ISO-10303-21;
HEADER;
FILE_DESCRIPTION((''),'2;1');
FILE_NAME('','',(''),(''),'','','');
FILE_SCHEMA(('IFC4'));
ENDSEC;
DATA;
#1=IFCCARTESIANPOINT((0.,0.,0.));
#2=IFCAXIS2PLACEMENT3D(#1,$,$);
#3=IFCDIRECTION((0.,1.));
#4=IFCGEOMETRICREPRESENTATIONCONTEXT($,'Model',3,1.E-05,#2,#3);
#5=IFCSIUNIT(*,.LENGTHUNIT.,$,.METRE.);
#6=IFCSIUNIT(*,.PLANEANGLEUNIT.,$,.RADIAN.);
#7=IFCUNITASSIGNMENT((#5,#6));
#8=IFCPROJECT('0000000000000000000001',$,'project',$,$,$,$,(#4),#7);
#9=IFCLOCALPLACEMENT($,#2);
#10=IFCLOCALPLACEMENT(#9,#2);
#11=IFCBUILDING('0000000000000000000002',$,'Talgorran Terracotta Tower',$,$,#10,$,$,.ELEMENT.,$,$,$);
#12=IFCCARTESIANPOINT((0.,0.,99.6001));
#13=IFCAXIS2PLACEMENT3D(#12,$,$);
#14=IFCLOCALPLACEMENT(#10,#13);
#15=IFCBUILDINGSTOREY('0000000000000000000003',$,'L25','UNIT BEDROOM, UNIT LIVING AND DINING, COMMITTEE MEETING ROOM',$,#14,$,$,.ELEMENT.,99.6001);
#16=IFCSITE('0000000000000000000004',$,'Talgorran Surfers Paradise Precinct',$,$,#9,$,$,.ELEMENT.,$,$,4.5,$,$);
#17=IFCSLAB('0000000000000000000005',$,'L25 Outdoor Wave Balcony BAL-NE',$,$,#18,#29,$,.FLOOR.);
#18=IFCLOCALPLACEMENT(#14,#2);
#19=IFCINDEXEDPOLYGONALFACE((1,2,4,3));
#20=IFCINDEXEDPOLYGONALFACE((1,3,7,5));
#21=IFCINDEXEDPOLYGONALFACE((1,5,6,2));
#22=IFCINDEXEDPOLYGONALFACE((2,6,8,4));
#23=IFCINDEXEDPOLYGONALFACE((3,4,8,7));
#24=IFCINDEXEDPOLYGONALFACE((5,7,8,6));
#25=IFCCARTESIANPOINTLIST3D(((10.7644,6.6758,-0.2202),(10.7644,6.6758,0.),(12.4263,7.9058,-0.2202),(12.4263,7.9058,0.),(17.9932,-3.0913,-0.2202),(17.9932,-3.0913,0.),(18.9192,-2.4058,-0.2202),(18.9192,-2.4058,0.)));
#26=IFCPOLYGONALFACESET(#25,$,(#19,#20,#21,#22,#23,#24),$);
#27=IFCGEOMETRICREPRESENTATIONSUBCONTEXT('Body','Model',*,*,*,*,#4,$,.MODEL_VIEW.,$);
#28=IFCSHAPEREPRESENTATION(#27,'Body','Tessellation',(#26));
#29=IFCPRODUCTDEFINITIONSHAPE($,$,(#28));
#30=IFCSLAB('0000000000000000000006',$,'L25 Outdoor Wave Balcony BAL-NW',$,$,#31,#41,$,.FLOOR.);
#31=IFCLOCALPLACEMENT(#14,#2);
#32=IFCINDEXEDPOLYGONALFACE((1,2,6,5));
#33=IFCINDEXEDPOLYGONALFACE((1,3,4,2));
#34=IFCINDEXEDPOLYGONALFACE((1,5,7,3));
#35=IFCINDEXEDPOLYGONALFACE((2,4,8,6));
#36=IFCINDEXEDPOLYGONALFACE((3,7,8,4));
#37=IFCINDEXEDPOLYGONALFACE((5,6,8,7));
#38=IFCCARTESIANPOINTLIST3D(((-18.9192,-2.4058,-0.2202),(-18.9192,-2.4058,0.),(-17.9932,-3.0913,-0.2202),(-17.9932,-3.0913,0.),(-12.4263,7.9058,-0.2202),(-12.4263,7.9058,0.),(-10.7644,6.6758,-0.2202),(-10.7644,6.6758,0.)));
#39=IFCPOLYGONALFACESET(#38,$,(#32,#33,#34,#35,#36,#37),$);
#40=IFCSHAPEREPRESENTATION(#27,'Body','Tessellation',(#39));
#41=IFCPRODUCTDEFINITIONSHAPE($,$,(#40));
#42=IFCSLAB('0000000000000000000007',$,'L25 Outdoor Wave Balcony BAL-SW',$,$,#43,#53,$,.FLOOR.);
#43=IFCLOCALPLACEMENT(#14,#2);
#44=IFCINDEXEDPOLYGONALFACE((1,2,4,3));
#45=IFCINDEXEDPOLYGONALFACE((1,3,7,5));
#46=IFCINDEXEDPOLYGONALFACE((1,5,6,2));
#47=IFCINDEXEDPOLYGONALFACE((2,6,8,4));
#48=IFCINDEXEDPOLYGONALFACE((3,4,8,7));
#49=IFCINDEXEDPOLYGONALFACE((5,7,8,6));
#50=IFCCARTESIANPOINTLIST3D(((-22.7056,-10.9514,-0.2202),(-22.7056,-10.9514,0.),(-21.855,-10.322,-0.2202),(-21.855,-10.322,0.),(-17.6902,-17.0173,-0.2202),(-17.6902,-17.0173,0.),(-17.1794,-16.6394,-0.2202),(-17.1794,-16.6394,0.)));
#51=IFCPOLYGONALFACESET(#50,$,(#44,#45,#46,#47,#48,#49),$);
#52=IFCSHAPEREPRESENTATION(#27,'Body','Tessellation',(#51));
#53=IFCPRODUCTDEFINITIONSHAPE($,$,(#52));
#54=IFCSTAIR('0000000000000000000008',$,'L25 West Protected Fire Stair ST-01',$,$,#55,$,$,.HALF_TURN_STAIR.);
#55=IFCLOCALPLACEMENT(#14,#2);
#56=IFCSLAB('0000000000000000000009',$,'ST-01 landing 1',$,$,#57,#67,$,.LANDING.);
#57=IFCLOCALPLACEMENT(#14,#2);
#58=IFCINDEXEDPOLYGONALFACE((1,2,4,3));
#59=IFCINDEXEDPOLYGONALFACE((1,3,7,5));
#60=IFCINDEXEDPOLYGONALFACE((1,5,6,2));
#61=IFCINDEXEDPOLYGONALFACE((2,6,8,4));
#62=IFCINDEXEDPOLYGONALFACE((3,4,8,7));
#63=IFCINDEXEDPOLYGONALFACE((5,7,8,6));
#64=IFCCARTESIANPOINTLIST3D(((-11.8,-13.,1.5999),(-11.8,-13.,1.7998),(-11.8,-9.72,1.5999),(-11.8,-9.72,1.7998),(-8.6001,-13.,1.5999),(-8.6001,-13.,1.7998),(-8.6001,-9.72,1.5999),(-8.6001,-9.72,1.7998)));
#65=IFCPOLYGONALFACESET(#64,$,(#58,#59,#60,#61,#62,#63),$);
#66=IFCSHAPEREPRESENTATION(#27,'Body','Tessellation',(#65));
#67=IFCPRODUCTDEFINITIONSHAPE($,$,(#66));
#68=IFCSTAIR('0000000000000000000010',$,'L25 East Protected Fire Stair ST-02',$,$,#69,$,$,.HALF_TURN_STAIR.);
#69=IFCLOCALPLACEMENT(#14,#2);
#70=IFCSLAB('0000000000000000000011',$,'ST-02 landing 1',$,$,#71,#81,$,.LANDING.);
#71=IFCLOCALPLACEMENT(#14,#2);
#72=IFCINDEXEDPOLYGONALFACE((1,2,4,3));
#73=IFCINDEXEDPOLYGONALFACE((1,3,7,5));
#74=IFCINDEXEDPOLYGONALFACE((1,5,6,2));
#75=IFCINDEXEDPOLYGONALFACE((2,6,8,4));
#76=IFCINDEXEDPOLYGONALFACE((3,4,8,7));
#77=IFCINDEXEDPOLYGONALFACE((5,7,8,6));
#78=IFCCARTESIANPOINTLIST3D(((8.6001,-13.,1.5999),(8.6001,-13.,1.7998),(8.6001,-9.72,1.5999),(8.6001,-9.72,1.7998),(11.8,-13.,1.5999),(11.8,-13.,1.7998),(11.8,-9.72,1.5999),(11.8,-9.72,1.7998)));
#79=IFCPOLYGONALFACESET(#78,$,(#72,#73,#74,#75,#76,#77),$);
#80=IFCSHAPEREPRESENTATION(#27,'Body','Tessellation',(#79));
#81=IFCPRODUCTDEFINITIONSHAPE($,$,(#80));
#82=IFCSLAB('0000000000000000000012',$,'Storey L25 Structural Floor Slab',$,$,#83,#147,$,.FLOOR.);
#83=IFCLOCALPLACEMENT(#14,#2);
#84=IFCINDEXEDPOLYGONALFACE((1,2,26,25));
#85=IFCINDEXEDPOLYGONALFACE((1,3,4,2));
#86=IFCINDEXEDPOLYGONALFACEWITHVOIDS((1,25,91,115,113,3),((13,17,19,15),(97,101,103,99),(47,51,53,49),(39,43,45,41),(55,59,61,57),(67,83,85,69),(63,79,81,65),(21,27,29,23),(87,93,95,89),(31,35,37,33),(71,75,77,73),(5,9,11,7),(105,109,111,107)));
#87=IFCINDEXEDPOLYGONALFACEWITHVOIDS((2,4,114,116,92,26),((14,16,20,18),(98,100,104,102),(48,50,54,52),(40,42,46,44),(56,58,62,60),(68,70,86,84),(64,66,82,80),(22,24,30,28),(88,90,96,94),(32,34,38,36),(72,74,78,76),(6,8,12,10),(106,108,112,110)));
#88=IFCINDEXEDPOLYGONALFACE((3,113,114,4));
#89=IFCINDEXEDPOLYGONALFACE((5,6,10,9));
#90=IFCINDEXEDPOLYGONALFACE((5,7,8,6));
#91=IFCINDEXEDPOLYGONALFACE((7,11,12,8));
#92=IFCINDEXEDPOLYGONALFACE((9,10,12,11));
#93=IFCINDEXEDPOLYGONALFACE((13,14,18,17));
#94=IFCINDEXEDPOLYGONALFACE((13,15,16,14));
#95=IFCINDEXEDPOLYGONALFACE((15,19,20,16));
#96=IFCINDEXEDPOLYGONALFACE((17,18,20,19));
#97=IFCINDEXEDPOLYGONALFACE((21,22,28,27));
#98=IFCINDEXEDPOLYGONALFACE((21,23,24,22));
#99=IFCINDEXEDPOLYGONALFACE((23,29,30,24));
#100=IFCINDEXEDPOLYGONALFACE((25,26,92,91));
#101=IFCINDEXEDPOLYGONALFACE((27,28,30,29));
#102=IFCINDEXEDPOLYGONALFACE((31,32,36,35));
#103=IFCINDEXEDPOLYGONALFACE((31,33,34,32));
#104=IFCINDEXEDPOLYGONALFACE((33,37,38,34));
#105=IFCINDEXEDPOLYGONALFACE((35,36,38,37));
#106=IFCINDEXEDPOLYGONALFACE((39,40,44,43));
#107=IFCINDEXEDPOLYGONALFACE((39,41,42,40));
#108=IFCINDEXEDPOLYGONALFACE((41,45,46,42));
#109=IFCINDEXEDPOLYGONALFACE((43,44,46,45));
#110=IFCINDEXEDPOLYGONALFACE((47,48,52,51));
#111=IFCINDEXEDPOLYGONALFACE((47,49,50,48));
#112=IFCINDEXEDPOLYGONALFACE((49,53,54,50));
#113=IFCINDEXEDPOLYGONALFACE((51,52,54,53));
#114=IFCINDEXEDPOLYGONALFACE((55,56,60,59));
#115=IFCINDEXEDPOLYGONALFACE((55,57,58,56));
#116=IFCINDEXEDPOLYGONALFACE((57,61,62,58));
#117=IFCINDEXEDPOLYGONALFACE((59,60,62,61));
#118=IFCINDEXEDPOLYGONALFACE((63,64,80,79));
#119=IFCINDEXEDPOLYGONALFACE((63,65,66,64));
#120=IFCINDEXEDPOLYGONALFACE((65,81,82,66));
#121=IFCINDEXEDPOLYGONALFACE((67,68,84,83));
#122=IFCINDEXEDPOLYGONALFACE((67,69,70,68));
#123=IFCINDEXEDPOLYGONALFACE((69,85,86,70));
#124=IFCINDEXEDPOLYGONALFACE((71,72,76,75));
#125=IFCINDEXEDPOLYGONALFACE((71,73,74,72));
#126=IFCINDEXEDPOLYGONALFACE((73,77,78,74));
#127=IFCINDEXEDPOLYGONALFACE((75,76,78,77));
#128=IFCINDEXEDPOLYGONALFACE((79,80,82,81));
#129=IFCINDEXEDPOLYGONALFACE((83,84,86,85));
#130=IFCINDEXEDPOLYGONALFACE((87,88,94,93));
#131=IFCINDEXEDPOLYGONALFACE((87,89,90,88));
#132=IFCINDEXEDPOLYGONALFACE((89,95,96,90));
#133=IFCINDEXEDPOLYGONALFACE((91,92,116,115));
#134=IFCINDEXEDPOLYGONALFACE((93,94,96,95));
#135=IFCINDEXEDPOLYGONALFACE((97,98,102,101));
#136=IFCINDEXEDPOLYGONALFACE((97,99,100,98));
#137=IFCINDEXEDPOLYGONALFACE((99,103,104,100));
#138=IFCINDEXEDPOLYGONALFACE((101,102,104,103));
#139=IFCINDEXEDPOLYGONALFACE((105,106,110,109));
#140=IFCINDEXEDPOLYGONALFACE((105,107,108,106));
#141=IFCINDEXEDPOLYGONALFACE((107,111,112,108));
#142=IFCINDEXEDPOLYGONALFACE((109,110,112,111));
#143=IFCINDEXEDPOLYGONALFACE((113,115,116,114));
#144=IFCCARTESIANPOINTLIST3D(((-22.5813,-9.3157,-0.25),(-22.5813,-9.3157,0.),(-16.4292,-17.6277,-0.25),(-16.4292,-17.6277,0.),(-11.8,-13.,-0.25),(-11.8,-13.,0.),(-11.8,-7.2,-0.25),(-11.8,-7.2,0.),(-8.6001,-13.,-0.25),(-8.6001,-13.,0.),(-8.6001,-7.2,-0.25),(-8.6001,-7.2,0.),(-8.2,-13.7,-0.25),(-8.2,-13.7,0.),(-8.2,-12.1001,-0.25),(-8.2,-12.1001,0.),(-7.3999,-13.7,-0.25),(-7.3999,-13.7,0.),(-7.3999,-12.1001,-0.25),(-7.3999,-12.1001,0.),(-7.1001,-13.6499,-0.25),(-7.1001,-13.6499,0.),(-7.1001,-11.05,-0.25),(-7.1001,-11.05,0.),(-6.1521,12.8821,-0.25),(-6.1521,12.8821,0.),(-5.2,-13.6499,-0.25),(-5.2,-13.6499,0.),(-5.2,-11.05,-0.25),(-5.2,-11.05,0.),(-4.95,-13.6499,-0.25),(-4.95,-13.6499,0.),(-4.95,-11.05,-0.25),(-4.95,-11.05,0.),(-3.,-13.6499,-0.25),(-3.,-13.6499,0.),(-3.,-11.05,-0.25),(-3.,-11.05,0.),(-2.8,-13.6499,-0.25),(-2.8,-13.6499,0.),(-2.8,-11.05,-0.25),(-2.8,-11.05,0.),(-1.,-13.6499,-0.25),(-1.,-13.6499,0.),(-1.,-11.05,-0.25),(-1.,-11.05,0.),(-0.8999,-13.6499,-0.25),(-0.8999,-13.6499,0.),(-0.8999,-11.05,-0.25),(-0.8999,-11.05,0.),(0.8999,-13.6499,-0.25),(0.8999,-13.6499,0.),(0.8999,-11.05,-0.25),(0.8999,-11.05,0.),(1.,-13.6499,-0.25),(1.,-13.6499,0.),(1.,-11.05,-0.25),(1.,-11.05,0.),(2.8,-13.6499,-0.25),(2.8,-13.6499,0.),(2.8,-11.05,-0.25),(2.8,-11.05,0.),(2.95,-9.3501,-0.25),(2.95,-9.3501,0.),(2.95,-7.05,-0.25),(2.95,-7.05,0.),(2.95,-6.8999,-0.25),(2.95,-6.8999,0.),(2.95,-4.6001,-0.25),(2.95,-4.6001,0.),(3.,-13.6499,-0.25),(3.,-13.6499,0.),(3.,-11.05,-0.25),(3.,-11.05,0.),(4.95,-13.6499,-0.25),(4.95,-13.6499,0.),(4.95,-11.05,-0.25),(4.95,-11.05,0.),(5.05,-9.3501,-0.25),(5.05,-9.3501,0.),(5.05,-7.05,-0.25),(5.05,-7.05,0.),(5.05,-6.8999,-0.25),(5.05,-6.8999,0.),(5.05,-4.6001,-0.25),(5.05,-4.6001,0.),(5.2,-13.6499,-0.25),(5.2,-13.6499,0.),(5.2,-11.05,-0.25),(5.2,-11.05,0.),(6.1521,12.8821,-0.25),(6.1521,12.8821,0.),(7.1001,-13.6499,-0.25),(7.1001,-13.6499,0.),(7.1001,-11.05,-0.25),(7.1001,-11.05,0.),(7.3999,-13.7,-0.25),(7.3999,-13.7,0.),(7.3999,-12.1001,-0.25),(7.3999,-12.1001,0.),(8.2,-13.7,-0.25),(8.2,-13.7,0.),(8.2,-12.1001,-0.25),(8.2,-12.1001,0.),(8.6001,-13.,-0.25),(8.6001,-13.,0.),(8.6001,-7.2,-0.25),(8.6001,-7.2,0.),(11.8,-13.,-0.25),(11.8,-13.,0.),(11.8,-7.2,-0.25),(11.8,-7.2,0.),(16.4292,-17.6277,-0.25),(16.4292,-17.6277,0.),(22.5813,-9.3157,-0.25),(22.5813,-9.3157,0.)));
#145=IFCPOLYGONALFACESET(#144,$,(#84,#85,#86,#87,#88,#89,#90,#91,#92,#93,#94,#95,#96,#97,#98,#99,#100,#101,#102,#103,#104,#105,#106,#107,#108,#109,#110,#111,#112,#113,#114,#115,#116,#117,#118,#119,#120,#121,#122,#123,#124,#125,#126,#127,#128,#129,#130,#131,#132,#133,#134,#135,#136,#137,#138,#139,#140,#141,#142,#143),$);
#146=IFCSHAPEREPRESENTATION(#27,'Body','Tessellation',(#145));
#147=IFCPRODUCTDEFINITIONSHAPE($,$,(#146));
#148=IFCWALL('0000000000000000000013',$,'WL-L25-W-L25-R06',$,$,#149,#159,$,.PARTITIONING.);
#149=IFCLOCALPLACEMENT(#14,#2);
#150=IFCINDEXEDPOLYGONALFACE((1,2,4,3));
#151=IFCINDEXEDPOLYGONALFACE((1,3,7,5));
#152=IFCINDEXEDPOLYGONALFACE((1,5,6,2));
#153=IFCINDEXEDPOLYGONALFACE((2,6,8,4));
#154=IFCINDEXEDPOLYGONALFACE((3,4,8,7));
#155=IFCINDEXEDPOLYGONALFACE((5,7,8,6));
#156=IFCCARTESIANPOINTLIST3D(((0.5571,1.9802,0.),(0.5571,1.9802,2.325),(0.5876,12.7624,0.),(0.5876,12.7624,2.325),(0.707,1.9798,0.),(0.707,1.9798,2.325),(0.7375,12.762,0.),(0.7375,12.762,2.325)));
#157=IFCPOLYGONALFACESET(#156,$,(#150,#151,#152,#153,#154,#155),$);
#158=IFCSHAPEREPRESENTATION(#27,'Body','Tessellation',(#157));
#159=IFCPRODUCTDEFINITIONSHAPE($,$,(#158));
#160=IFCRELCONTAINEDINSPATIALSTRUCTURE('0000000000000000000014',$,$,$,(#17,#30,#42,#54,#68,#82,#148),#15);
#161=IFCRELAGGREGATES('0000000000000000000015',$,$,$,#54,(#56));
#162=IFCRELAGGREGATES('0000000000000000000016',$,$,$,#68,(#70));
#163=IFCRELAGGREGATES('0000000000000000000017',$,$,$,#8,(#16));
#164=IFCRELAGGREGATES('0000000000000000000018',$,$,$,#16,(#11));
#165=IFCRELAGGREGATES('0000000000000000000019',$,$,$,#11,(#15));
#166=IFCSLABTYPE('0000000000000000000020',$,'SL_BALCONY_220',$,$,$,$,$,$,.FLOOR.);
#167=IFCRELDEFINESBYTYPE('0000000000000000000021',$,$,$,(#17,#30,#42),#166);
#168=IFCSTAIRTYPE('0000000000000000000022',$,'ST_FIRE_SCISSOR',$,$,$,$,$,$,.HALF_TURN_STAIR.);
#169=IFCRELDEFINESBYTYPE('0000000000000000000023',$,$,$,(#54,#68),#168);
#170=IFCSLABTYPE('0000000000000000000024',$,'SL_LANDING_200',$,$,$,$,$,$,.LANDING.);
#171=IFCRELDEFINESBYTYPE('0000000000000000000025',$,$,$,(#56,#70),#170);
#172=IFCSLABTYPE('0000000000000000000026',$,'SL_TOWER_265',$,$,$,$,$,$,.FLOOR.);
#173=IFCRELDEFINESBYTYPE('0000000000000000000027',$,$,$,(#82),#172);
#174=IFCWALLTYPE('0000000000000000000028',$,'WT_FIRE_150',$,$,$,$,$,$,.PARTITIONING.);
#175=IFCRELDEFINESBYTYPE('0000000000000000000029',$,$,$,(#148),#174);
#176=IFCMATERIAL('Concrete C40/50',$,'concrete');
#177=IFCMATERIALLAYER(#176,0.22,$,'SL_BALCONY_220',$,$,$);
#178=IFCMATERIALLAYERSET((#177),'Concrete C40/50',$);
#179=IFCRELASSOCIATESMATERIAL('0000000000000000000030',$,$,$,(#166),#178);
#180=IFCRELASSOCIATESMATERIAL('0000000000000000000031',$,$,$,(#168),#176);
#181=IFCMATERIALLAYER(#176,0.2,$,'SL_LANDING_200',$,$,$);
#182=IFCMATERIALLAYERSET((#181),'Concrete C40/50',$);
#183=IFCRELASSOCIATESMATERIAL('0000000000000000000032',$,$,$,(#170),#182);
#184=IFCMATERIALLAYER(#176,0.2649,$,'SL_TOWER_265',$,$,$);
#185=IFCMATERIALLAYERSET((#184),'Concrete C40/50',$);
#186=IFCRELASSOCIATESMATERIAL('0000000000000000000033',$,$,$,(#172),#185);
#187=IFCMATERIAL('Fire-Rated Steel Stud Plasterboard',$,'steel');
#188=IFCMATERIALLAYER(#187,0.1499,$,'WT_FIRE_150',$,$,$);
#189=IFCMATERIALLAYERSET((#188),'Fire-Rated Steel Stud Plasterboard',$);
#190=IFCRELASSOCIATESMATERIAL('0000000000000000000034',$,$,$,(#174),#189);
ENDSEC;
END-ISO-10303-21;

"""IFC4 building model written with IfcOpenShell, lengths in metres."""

from ifc_helpers import new_model, si_unit, direction, frame, frame_2d, origin, place, context, subcontext, project, spatial, polyline, rectangle, outline, extrude, material, layer, layer_set, type_object, element, aggregate, save


model = new_model("IFC4")

# Units and contexts
model_context = context("Model", 3, precision=1e-05, world=origin(), true_north=direction((0.0, 1.0)))
body_context = subcontext(model_context, "Body", "Model", "MODEL_VIEW")
ifc_project = project(units=[si_unit("LENGTHUNIT", "METRE"), si_unit("PLANEANGLEUNIT", "RADIAN")], contexts=[model_context])

# Site, building, storey
site_placement = place(None, origin())
site = spatial("IfcSite", under=ifc_project, at=site_placement, Name="Talgorran Surfers Paradise Precinct", CompositionType="ELEMENT", RefElevation=4.5)
building_placement = place(site_placement, origin())
building = spatial("IfcBuilding", under=site, at=building_placement, Name="Talgorran Terracotta Tower", CompositionType="ELEMENT")
storey_placement = place(building_placement, frame((0.0, 0.0, 99.6001)))
storey = spatial("IfcBuildingStorey", under=building, at=storey_placement, Name="L25", Description="UNIT BEDROOM, UNIT LIVING AND DINING, COMMITTEE MEETING ROOM", CompositionType="ELEMENT", Elevation=99.6001)

# Slabs
ifc_material_1 = material(Name="Concrete C40/50", Category="concrete")
ifc_layer_1 = layer(ifc_material_1, 0.22, Name="SL_BALCONY_220")
ifc_layer_set_1 = layer_set([ifc_layer_1], Name="Concrete C40/50")
slab_type_1 = type_object("IfcSlabType", Name="SL_BALCONY_220", PredefinedType="FLOOR", material=ifc_layer_set_1)
slab_1_placement = place(storey_placement, frame((0.0, 0.0, -0.2202)))
element("IfcSlab", 1, at=slab_1_placement, inside=storey, type_object=slab_type_1, Name="L25 Outdoor Wave Balcony BAL-NE", PredefinedType="FLOOR", context=body_context, shape_type="SweptSolid", body=[
    extrude(outline(polyline([(10.7644, 6.6758), (17.9932, -3.0913), (18.9192, -2.4058), (12.4263, 7.9058), (10.7644, 6.6758)])), origin(), (0.0, 0.0, 1.0), 0.2202),
])
slab_2_placement = place(storey_placement, frame((0.0, 0.0, -0.2202)))
element("IfcSlab", 2, at=slab_2_placement, inside=storey, type_object=slab_type_1, Name="L25 Outdoor Wave Balcony BAL-NW", PredefinedType="FLOOR", context=body_context, shape_type="SweptSolid", body=[
    extrude(outline(polyline([(-17.9932, -3.0913), (-10.7644, 6.6758), (-12.4263, 7.9058), (-18.9192, -2.4058), (-17.9932, -3.0913)])), origin(), (0.0, 0.0, 1.0), 0.2202),
])
slab_3_placement = place(storey_placement, frame((0.0, 0.0, -0.2202)))
element("IfcSlab", 3, at=slab_3_placement, inside=storey, type_object=slab_type_1, Name="L25 Outdoor Wave Balcony BAL-SW", PredefinedType="FLOOR", context=body_context, shape_type="SweptSolid", body=[
    extrude(outline(polyline([(-17.1794, -16.6394), (-21.855, -10.322), (-22.7056, -10.9514), (-17.6902, -17.0173), (-17.1794, -16.6394)])), origin(), (0.0, 0.0, 1.0), 0.2202),
])

# Stairs, slabs
stair_type = type_object("IfcStairType", Name="ST_FIRE_SCISSOR", PredefinedType="HALF_TURN_STAIR", material=ifc_material_1)
stair_1_placement = place(storey_placement, origin())
stair_1 = element("IfcStair", 4, at=stair_1_placement, inside=storey, type_object=stair_type, Name="L25 West Protected Fire Stair ST-01", PredefinedType="HALF_TURN_STAIR")
ifc_layer_2 = layer(ifc_material_1, 0.2, Name="SL_LANDING_200")
ifc_layer_set_2 = layer_set([ifc_layer_2], Name="Concrete C40/50")
slab_type_2 = type_object("IfcSlabType", Name="SL_LANDING_200", PredefinedType="LANDING", material=ifc_layer_set_2)
slab_4_placement = place(storey_placement, frame((0.0, 0.0, 1.5999)))
slab_4 = element("IfcSlab", 5, at=slab_4_placement, type_object=slab_type_2, Name="ST-01 landing 1", PredefinedType="LANDING", context=body_context, shape_type="SweptSolid", body=[
    extrude(outline(polyline([(-11.8, -9.72), (-11.8, -13.0), (-8.6001, -13.0), (-8.6001, -9.72), (-11.8, -9.72)])), origin(), (0.0, 0.0, 1.0), 0.2),
])
aggregate(stair_1, [slab_4])
stair_2_placement = place(storey_placement, origin())
stair_2 = element("IfcStair", 6, at=stair_2_placement, inside=storey, type_object=stair_type, Name="L25 East Protected Fire Stair ST-02", PredefinedType="HALF_TURN_STAIR")
slab_5_placement = place(storey_placement, frame((0.0, 0.0, 1.5999)))
slab_5 = element("IfcSlab", 7, at=slab_5_placement, type_object=slab_type_2, Name="ST-02 landing 1", PredefinedType="LANDING", context=body_context, shape_type="SweptSolid", body=[
    extrude(outline(polyline([(8.6001, -9.72), (8.6001, -13.0), (11.8, -13.0), (11.8, -9.72), (8.6001, -9.72)])), origin(), (0.0, 0.0, 1.0), 0.2),
])
aggregate(stair_2, [slab_5])

# Slab
ifc_layer_3 = layer(ifc_material_1, 0.2649, Name="SL_TOWER_265")
ifc_layer_set_3 = layer_set([ifc_layer_3], Name="Concrete C40/50")
slab_type_3 = type_object("IfcSlabType", Name="SL_TOWER_265", PredefinedType="FLOOR", material=ifc_layer_set_3)
slab_6_placement = place(storey_placement, frame((0.0, 0.0, -0.25)))
element("IfcSlab", 8, at=slab_6_placement, inside=storey, type_object=slab_type_3, Name="Storey L25 Structural Floor Slab", PredefinedType="FLOOR", context=body_context, shape_type="SweptSolid", body=[
    extrude(outline(polyline([(-22.5813, -9.3157), (-16.4292, -17.6277), (16.4292, -17.6277), (22.5813, -9.3157), (6.1521, 12.8821), (-6.1521, 12.8821), (-22.5813, -9.3157)]), holes=[polyline([(-11.8, -7.2), (-11.8, -13.0), (-8.6001, -13.0), (-8.6001, -7.2), (-11.8, -7.2)]), polyline([(8.6001, -7.2), (8.6001, -13.0), (11.8, -13.0), (11.8, -7.2), (8.6001, -7.2)]), polyline([(-7.1001, -13.6499), (-5.2, -13.6499), (-5.2, -11.05), (-7.1001, -11.05), (-7.1001, -13.6499)]), polyline([(5.2, -13.6499), (7.1001, -13.6499), (7.1001, -11.05), (5.2, -11.05), (5.2, -13.6499)]), polyline([(3.0, -13.6499), (4.95, -13.6499), (4.95, -11.05), (3.0, -11.05), (3.0, -13.6499)]), polyline([(-4.95, -13.6499), (-3.0, -13.6499), (-3.0, -11.05), (-4.95, -11.05), (-4.95, -13.6499)]), polyline([(2.95, -9.3501), (5.05, -9.3501), (5.05, -7.05), (2.95, -7.05), (2.95, -9.3501)]), polyline([(2.95, -6.8999), (5.05, -6.8999), (5.05, -4.6001), (2.95, -4.6001), (2.95, -6.8999)]), polyline([(-2.8, -13.6499), (-1.0, -13.6499), (-1.0, -11.05), (-2.8, -11.05), (-2.8, -13.6499)]), polyline([(-0.8999, -13.6499), (0.8999, -13.6499), (0.8999, -11.05), (-0.8999, -11.05), (-0.8999, -13.6499)]), polyline([(1.0, -13.6499), (2.8, -13.6499), (2.8, -11.05), (1.0, -11.05), (1.0, -13.6499)]), polyline([(-8.2, -13.7), (-7.3999, -13.7), (-7.3999, -12.1001), (-8.2, -12.1001), (-8.2, -13.7)]), polyline([(7.3999, -13.7), (8.2, -13.7), (8.2, -12.1001), (7.3999, -12.1001), (7.3999, -13.7)])]), origin(), (0.0, 0.0, 1.0), 0.25),
])

# Wall
ifc_material_2 = material(Name="Fire-Rated Steel Stud Plasterboard", Category="steel")
ifc_layer_4 = layer(ifc_material_2, 0.1499, Name="WT_FIRE_150")
ifc_layer_set_4 = layer_set([ifc_layer_4], Name="Fire-Rated Steel Stud Plasterboard")
wall_type_1 = type_object("IfcWallType", Name="WT_FIRE_150", PredefinedType="PARTITIONING", material=ifc_layer_set_4)
wall_1_placement = place(storey_placement, frame((0.6321, 1.98, 0.0), z_axis=(0.0, 0.0, 1.0), x_axis=(0.00283, 0.999996, 0.0)))
element("IfcWall", 9, at=wall_1_placement, inside=storey, type_object=wall_type_1, Name="WL-L25-W-L25-R06", PredefinedType="PARTITIONING", context=body_context, shape_type="SweptSolid", body=[
    extrude(rectangle(XDim=10.7822, YDim=0.1499, at=frame_2d((5.3911, 0.0))), origin(), (0.0, 0.0, 1.0), 2.325),
])

save(model, "model.ifc")
